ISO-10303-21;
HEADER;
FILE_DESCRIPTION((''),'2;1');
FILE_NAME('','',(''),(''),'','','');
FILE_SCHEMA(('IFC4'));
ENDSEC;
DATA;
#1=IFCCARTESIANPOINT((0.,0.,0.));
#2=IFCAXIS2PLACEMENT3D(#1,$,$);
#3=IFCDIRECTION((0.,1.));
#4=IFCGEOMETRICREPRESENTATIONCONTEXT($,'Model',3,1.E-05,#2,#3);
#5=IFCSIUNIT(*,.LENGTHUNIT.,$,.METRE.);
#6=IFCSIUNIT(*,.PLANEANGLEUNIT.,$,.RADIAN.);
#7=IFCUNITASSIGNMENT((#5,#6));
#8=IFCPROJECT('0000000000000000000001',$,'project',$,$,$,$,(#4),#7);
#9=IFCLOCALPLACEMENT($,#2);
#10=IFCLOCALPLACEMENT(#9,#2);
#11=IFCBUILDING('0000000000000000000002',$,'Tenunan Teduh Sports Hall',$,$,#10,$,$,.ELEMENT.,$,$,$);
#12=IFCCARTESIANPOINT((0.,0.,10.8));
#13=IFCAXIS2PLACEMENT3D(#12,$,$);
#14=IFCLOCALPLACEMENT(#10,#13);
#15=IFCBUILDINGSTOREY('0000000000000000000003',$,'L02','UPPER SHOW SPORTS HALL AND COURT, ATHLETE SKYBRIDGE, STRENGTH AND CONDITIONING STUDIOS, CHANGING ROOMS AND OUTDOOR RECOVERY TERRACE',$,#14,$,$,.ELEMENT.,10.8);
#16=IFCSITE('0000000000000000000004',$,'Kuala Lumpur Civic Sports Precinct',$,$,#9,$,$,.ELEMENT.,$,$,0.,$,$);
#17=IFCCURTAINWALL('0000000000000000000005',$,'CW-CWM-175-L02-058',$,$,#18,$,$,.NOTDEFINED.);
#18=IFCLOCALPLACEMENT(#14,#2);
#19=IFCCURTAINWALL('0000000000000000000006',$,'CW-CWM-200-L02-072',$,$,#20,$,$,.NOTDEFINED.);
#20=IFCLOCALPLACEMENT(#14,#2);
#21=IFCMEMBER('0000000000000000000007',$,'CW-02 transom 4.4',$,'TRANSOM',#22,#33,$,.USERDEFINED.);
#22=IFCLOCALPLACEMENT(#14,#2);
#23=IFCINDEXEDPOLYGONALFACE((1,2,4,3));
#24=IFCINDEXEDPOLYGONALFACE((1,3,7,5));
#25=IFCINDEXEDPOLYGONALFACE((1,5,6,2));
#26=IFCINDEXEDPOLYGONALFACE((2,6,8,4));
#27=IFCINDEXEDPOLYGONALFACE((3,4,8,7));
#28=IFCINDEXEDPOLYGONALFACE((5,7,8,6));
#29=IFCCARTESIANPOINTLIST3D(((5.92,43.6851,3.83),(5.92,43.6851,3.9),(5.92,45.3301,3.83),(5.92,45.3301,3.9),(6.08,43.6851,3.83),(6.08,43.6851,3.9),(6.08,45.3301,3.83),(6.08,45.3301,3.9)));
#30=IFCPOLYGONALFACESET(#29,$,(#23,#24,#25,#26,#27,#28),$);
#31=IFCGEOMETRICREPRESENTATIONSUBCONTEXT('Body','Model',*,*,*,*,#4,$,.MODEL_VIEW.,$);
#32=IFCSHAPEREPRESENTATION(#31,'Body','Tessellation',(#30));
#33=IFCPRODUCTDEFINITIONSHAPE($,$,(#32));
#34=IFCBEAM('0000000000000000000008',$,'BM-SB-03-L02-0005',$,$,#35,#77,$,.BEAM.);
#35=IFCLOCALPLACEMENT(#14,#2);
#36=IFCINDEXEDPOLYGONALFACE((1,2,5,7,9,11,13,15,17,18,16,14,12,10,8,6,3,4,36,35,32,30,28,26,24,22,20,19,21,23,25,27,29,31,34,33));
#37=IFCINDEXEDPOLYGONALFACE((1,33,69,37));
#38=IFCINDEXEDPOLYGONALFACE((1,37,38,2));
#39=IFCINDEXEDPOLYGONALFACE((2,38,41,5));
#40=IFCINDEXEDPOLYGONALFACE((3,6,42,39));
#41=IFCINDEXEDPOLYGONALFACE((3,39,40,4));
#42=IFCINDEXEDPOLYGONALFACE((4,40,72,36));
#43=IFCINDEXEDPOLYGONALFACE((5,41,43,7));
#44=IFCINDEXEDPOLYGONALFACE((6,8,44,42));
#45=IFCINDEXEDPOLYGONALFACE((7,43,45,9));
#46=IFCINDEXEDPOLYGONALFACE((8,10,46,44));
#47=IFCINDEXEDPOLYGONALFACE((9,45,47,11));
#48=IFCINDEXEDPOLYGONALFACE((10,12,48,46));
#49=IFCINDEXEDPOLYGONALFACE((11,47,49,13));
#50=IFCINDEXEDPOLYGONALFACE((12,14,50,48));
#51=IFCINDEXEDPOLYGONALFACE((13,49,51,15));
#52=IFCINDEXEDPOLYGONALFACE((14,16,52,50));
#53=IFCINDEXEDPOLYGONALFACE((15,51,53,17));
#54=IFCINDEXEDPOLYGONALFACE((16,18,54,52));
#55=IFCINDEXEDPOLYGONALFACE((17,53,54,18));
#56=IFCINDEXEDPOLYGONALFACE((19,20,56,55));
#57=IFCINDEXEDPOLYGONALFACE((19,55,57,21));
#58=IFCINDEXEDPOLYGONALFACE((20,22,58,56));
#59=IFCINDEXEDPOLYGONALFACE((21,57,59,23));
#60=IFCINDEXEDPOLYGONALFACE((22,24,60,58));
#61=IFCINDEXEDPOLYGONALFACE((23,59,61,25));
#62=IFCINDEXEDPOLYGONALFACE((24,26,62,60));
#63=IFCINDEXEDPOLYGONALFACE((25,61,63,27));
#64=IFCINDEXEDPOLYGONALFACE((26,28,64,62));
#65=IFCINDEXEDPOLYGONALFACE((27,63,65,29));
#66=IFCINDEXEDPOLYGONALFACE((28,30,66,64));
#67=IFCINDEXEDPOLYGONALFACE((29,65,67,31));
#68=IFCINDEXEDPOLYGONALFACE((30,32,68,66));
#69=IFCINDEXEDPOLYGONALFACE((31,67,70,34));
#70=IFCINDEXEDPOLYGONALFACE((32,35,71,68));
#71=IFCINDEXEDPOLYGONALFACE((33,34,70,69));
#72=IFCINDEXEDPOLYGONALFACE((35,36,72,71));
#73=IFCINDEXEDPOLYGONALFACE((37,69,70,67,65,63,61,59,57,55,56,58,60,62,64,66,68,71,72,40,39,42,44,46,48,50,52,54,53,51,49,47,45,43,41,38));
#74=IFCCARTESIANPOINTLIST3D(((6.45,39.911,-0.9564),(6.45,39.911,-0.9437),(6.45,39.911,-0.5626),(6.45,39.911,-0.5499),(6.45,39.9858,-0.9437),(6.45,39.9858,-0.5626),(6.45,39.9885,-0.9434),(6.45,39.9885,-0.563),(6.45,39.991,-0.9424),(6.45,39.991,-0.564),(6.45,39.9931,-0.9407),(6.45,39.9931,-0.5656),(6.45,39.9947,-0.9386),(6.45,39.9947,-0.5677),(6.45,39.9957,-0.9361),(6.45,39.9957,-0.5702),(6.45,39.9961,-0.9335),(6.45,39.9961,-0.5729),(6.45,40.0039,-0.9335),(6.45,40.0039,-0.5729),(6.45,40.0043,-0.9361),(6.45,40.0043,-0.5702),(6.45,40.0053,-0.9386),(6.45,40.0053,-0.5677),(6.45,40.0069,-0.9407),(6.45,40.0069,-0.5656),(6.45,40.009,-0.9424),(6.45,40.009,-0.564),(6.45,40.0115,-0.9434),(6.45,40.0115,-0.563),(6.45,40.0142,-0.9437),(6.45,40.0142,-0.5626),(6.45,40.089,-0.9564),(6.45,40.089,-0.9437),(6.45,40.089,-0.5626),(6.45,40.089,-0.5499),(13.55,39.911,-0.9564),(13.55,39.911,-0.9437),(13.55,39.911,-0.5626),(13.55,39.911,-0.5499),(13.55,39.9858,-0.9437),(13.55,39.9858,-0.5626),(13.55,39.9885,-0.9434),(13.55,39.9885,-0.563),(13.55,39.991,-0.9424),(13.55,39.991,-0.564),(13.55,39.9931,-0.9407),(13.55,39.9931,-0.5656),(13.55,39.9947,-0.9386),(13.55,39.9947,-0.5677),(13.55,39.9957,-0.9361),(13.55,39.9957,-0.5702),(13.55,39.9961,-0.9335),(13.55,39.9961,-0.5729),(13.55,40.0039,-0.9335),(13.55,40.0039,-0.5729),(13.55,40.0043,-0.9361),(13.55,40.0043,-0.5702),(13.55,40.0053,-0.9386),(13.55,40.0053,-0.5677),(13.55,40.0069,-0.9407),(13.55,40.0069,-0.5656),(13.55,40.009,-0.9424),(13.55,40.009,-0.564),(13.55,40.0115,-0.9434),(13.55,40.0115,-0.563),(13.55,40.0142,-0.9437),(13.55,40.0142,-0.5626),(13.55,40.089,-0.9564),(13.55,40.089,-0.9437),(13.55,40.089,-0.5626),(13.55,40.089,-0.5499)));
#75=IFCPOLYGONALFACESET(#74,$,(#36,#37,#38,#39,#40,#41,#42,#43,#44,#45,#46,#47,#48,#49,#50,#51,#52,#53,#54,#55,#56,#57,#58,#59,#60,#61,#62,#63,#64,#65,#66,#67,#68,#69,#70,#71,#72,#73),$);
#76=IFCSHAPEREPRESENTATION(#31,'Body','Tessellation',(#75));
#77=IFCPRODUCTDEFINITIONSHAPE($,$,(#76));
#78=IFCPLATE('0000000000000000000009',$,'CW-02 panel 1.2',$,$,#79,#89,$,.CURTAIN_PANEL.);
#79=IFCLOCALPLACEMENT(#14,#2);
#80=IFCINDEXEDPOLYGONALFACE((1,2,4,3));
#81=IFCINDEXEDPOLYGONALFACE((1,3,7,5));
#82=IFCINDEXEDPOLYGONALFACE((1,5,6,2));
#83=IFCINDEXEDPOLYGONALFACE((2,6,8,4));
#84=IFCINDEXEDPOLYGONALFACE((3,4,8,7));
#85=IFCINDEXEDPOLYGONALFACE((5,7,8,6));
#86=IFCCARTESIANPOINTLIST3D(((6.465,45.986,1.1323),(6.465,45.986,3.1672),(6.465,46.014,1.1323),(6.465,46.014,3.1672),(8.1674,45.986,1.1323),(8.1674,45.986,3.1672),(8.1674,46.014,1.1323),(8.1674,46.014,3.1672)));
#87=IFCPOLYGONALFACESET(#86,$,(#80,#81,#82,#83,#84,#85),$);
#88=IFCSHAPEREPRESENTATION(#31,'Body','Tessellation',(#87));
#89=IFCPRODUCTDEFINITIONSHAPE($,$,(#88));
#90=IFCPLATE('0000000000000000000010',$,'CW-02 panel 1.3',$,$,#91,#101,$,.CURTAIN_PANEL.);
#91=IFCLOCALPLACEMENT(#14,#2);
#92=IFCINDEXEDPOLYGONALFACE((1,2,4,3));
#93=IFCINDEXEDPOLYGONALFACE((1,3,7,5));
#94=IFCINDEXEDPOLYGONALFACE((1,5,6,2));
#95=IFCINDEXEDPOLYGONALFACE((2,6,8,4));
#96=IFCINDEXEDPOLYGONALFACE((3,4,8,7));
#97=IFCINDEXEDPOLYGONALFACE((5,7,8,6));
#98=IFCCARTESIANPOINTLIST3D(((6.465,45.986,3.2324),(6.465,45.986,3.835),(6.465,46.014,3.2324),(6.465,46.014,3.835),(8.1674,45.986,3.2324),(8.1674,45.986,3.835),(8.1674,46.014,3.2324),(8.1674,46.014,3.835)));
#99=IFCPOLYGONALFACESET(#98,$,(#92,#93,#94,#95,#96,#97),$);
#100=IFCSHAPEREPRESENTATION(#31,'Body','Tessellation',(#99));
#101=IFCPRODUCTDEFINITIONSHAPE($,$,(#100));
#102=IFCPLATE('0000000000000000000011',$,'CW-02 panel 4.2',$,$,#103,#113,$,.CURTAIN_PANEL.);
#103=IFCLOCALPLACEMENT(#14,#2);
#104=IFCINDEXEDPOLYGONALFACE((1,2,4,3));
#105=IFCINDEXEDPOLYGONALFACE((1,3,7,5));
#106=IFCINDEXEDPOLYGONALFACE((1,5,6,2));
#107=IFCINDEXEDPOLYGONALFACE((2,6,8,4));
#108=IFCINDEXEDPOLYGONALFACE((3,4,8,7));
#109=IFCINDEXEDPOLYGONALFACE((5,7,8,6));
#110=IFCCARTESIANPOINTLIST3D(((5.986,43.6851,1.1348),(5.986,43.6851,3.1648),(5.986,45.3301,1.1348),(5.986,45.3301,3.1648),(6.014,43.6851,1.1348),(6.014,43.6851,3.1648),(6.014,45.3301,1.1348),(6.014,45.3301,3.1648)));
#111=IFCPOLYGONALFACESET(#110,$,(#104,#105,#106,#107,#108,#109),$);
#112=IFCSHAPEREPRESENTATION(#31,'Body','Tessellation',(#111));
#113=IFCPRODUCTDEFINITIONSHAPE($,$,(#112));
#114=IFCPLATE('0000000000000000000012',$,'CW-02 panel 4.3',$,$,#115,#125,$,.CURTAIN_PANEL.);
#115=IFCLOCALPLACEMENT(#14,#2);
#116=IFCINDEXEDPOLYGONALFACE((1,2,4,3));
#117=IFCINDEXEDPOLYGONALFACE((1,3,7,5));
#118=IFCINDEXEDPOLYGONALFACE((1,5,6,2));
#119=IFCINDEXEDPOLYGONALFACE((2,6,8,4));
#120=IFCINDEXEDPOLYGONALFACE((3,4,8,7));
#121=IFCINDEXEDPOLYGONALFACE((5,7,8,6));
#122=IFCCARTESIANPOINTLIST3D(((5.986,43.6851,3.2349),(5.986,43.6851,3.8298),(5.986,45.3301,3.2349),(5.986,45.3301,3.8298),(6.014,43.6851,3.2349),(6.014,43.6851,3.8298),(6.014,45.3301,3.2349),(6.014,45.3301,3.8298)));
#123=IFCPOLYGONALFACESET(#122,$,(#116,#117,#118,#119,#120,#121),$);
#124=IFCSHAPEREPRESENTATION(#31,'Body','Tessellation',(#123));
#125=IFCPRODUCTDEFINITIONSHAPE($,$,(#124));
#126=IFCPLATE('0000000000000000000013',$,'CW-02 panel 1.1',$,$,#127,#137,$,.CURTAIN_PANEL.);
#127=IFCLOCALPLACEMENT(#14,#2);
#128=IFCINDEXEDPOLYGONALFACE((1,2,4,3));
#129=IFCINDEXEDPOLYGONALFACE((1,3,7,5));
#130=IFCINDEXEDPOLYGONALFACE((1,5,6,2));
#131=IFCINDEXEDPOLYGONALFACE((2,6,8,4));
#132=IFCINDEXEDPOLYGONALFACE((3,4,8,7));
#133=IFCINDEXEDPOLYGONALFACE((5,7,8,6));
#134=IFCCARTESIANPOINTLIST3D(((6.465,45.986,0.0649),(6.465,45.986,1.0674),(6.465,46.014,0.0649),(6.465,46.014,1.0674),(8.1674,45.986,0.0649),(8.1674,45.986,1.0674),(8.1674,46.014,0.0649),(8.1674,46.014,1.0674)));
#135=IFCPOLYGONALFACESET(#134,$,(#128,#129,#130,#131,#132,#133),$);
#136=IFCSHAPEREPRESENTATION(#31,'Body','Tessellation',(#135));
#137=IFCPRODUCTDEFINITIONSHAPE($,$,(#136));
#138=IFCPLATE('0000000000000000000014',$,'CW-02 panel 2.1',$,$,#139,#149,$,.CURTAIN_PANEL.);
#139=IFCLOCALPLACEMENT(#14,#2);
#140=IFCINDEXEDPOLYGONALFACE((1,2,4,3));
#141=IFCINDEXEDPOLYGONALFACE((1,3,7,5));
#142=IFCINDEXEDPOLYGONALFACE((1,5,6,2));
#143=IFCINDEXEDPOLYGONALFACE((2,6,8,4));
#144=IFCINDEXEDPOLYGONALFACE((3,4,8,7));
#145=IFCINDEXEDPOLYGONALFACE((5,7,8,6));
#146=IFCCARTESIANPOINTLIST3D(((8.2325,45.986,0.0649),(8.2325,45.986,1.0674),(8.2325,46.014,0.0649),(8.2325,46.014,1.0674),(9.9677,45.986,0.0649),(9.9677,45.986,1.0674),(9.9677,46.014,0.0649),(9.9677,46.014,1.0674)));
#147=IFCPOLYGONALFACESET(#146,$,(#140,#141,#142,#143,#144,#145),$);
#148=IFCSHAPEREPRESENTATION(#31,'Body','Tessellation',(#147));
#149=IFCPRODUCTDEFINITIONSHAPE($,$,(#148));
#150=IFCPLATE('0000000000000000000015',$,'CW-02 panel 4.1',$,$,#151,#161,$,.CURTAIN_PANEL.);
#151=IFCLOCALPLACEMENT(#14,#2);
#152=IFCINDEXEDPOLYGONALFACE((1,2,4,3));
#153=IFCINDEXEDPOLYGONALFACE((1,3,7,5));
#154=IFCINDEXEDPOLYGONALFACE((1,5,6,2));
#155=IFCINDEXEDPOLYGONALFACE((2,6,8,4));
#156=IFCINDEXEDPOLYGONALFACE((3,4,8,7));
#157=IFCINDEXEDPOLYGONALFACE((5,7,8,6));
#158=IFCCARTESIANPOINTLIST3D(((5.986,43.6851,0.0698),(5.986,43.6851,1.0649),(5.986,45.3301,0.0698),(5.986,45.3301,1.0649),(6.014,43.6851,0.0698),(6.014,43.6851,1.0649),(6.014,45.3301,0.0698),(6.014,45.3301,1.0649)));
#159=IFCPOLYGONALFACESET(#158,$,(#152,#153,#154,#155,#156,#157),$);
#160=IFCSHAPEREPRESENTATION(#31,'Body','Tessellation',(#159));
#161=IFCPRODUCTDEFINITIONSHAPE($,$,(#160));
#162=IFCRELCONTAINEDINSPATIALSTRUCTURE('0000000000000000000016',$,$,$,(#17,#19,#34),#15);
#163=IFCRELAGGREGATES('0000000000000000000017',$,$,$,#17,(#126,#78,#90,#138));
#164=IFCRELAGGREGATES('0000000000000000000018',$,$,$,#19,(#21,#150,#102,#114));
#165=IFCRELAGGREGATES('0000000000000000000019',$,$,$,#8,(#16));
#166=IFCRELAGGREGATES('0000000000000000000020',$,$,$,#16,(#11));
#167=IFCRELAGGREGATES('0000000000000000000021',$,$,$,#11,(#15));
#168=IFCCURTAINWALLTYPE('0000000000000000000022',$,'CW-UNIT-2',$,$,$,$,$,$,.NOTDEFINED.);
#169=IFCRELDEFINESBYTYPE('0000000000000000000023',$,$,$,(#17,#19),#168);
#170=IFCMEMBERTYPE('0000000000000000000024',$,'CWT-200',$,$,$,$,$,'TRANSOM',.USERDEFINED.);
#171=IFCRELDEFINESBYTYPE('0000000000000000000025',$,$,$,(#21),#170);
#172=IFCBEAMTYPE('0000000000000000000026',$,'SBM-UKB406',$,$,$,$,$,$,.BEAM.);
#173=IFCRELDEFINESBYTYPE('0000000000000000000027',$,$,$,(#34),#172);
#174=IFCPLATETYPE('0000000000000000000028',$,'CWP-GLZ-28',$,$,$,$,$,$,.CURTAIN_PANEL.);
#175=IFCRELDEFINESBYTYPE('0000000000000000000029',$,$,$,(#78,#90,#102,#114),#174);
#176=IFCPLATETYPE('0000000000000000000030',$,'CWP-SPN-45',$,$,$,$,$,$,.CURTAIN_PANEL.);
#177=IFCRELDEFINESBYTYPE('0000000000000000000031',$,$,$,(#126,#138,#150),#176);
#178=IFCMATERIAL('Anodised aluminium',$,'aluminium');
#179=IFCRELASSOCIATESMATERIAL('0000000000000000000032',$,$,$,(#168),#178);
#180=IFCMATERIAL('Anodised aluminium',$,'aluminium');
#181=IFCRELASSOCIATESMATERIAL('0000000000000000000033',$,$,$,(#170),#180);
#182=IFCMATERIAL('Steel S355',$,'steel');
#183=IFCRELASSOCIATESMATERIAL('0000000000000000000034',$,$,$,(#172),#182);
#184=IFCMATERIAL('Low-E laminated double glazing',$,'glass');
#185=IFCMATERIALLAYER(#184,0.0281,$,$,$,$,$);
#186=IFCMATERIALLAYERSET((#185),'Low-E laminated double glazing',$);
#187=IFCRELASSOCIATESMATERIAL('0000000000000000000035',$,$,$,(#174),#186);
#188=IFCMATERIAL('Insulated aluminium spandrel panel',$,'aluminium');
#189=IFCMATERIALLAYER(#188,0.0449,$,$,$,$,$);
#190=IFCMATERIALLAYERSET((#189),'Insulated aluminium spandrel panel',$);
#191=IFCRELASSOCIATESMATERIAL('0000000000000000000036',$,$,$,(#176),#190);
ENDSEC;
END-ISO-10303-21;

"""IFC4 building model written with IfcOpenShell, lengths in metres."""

from ifc_helpers import new_model, si_unit, direction, frame, origin, origin_2d, place, context, subcontext, project, spatial, rectangle, i_section, extrude, material, layer, layer_set, material_profile, profile_set, type_object, element, aggregate, save


model = new_model("IFC4")

# Units and contexts
model_context = context("Model", 3, precision=1e-05, world=origin(), true_north=direction((0.0, 1.0)))
body_context = subcontext(model_context, "Body", "Model", "MODEL_VIEW")
ifc_project = project(units=[si_unit("LENGTHUNIT", "METRE"), si_unit("PLANEANGLEUNIT", "RADIAN")], contexts=[model_context])

# Site, building, storey
site_placement = place(None, origin())
site = spatial("IfcSite", under=ifc_project, at=site_placement, Name="Kuala Lumpur Civic Sports Precinct", CompositionType="ELEMENT", RefElevation=0.0)
building_placement = place(site_placement, origin())
building = spatial("IfcBuilding", under=site, at=building_placement, Name="Tenunan Teduh Sports Hall", CompositionType="ELEMENT")
storey_placement = place(building_placement, frame((0.0, 0.0, 10.8)))
storey = spatial("IfcBuildingStorey", under=building, at=storey_placement, Name="L02", Description="UPPER SHOW SPORTS HALL AND COURT, ATHLETE SKYBRIDGE, STRENGTH AND CONDITIONING STUDIOS, CHANGING ROOMS AND OUTDOOR RECOVERY TERRACE", CompositionType="ELEMENT", Elevation=10.8)

# Curtain wall
ifc_material_1 = material(Name="Anodised aluminium", Category="aluminium")
curtain_wall_type = type_object("IfcCurtainWallType", Name="CW-UNIT-2", PredefinedType="NOTDEFINED", material=ifc_material_1)
curtain_wall_1_placement = place(storey_placement, origin())
curtain_wall_1 = element("IfcCurtainWall", 1, at=curtain_wall_1_placement, inside=storey, type_object=curtain_wall_type, Name="CW-CWM-175-L02-058", PredefinedType="NOTDEFINED")

# Curtain wall
curtain_wall_2_placement = place(storey_placement, origin())
curtain_wall_2 = element("IfcCurtainWall", 2, at=curtain_wall_2_placement, inside=storey, type_object=curtain_wall_type, Name="CW-CWM-200-L02-072", PredefinedType="NOTDEFINED")

# Member
ifc_material_2 = material(Name="Anodised aluminium", Category="aluminium")
ifc_material_profile_1 = material_profile(ifc_material_2, rectangle(XDim=0.0701, YDim=0.1599, at=origin_2d()), Name="CWT 70x160")
ifc_profile_set_1 = profile_set([ifc_material_profile_1], Name="Anodised aluminium")
member_type_1 = type_object("IfcMemberType", Name="CWT-200", ElementType="TRANSOM", PredefinedType="USERDEFINED", material=ifc_profile_set_1)
member_1_placement = place(storey_placement, frame((6.0, 43.6851, 3.865), z_axis=(0.0, 1.0, 0.0), x_axis=(0.0, 0.0, 1.0)))
member_1 = element("IfcMember", 3, at=member_1_placement, type_object=member_type_1, Name="CW-02 transom 4.4", ObjectType="TRANSOM", PredefinedType="USERDEFINED", context=body_context, shape_type="SweptSolid", body=[
    extrude(rectangle(XDim=0.0701, YDim=0.1599, at=origin_2d()), origin(), (0.0, 0.0, 1.0), 1.645),
])

# Beam
ifc_material_3 = material(Name="Steel S355", Category="steel")
ifc_material_profile_2 = material_profile(ifc_material_3, i_section(OverallWidth=0.178, OverallDepth=0.4065, WebThickness=0.0078, FlangeThickness=0.0127, FilletRadius=0.0103, at=origin_2d()), Name="UKB 406x178x60")
ifc_profile_set_2 = profile_set([ifc_material_profile_2], Name="Steel S355")
beam_type_1 = type_object("IfcBeamType", Name="SBM-UKB406", PredefinedType="BEAM", material=ifc_profile_set_2)
beam_1_placement = place(storey_placement, frame((6.45, 40.0, -0.7532), z_axis=(1.0, 0.0, 0.0), x_axis=(0.0, 1.0, 0.0)))
element("IfcBeam", 4, at=beam_1_placement, inside=storey, type_object=beam_type_1, Name="BM-SB-03-L02-0005", PredefinedType="BEAM", context=body_context, shape_type="SweptSolid", body=[
    extrude(i_section(OverallWidth=0.178, OverallDepth=0.4065, WebThickness=0.0078, FlangeThickness=0.0127, FilletRadius=0.0103, at=origin_2d()), origin(), (0.0, 0.0, 1.0), 7.1001),
])

# Plates
ifc_material_4 = material(Name="Low-E laminated double glazing", Category="glass")
ifc_layer_1 = layer(ifc_material_4, 0.0281)
ifc_layer_set_1 = layer_set([ifc_layer_1], Name="Low-E laminated double glazing")
plate_type_1 = type_object("IfcPlateType", Name="CWP-GLZ-28", PredefinedType="CURTAIN_PANEL", material=ifc_layer_set_1)
plate_1_placement = place(storey_placement, frame((7.3162, 46.0, 1.1323), z_axis=(0.0, 0.0, 1.0), x_axis=(1.0, 0.0, 0.0)))
plate_1 = element("IfcPlate", 5, at=plate_1_placement, type_object=plate_type_1, Name="CW-02 panel 1.2", PredefinedType="CURTAIN_PANEL", context=body_context, shape_type="SweptSolid", body=[
    extrude(rectangle(XDim=1.7024, YDim=0.0281, at=origin_2d()), origin(), (0.0, 0.0, 1.0), 2.0349),
])
plate_2_placement = place(storey_placement, frame((7.3162, 46.0, 3.2324), z_axis=(0.0, 0.0, 1.0), x_axis=(1.0, 0.0, 0.0)))
plate_2 = element("IfcPlate", 6, at=plate_2_placement, type_object=plate_type_1, Name="CW-02 panel 1.3", PredefinedType="CURTAIN_PANEL", context=body_context, shape_type="SweptSolid", body=[
    extrude(rectangle(XDim=1.7024, YDim=0.0281, at=origin_2d()), origin(), (0.0, 0.0, 1.0), 0.6025),
])
plate_3_placement = place(storey_placement, frame((6.0, 44.5076, 1.1348), z_axis=(0.0, 0.0, 1.0), x_axis=(0.0, 1.0, 0.0)))
plate_3 = element("IfcPlate", 7, at=plate_3_placement, type_object=plate_type_1, Name="CW-02 panel 4.2", PredefinedType="CURTAIN_PANEL", context=body_context, shape_type="SweptSolid", body=[
    extrude(rectangle(XDim=1.645, YDim=0.0281, at=origin_2d()), origin(), (0.0, 0.0, 1.0), 2.03),
])
plate_4_placement = place(storey_placement, frame((6.0, 44.5076, 3.2349), z_axis=(0.0, 0.0, 1.0), x_axis=(0.0, 1.0, 0.0)))
plate_4 = element("IfcPlate", 8, at=plate_4_placement, type_object=plate_type_1, Name="CW-02 panel 4.3", PredefinedType="CURTAIN_PANEL", context=body_context, shape_type="SweptSolid", body=[
    extrude(rectangle(XDim=1.645, YDim=0.0281, at=origin_2d()), origin(), (0.0, 0.0, 1.0), 0.595),
])
ifc_material_5 = material(Name="Insulated aluminium spandrel panel", Category="aluminium")
ifc_layer_2 = layer(ifc_material_5, 0.0449)
ifc_layer_set_2 = layer_set([ifc_layer_2], Name="Insulated aluminium spandrel panel")
plate_type_2 = type_object("IfcPlateType", Name="CWP-SPN-45", PredefinedType="CURTAIN_PANEL", material=ifc_layer_set_2)
plate_5_placement = place(storey_placement, frame((7.3162, 46.0, 0.0649), z_axis=(0.0, 0.0, 1.0), x_axis=(1.0, 0.0, 0.0)))
plate_5 = element("IfcPlate", 9, at=plate_5_placement, type_object=plate_type_2, Name="CW-02 panel 1.1", PredefinedType="CURTAIN_PANEL", context=body_context, shape_type="SweptSolid", body=[
    extrude(rectangle(XDim=1.7024, YDim=0.0281, at=origin_2d()), origin(), (0.0, 0.0, 1.0), 1.0024),
])
plate_6_placement = place(storey_placement, frame((9.1001, 46.0, 0.0649), z_axis=(0.0, 0.0, 1.0), x_axis=(1.0, 0.0, 0.0)))
plate_6 = element("IfcPlate", 10, at=plate_6_placement, type_object=plate_type_2, Name="CW-02 panel 2.1", PredefinedType="CURTAIN_PANEL", context=body_context, shape_type="SweptSolid", body=[
    extrude(rectangle(XDim=1.7351, YDim=0.0281, at=origin_2d()), origin(), (0.0, 0.0, 1.0), 1.0024),
])
aggregate(curtain_wall_1, [plate_5, plate_1, plate_2, plate_6])
plate_7_placement = place(storey_placement, frame((6.0, 44.5076, 0.0698), z_axis=(0.0, 0.0, 1.0), x_axis=(0.0, 1.0, 0.0)))
plate_7 = element("IfcPlate", 11, at=plate_7_placement, type_object=plate_type_2, Name="CW-02 panel 4.1", PredefinedType="CURTAIN_PANEL", context=body_context, shape_type="SweptSolid", body=[
    extrude(rectangle(XDim=1.645, YDim=0.0281, at=origin_2d()), origin(), (0.0, 0.0, 1.0), 0.9951),
])
aggregate(curtain_wall_2, [member_1, plate_7, plate_3, plate_4])

save(model, "model.ifc")
